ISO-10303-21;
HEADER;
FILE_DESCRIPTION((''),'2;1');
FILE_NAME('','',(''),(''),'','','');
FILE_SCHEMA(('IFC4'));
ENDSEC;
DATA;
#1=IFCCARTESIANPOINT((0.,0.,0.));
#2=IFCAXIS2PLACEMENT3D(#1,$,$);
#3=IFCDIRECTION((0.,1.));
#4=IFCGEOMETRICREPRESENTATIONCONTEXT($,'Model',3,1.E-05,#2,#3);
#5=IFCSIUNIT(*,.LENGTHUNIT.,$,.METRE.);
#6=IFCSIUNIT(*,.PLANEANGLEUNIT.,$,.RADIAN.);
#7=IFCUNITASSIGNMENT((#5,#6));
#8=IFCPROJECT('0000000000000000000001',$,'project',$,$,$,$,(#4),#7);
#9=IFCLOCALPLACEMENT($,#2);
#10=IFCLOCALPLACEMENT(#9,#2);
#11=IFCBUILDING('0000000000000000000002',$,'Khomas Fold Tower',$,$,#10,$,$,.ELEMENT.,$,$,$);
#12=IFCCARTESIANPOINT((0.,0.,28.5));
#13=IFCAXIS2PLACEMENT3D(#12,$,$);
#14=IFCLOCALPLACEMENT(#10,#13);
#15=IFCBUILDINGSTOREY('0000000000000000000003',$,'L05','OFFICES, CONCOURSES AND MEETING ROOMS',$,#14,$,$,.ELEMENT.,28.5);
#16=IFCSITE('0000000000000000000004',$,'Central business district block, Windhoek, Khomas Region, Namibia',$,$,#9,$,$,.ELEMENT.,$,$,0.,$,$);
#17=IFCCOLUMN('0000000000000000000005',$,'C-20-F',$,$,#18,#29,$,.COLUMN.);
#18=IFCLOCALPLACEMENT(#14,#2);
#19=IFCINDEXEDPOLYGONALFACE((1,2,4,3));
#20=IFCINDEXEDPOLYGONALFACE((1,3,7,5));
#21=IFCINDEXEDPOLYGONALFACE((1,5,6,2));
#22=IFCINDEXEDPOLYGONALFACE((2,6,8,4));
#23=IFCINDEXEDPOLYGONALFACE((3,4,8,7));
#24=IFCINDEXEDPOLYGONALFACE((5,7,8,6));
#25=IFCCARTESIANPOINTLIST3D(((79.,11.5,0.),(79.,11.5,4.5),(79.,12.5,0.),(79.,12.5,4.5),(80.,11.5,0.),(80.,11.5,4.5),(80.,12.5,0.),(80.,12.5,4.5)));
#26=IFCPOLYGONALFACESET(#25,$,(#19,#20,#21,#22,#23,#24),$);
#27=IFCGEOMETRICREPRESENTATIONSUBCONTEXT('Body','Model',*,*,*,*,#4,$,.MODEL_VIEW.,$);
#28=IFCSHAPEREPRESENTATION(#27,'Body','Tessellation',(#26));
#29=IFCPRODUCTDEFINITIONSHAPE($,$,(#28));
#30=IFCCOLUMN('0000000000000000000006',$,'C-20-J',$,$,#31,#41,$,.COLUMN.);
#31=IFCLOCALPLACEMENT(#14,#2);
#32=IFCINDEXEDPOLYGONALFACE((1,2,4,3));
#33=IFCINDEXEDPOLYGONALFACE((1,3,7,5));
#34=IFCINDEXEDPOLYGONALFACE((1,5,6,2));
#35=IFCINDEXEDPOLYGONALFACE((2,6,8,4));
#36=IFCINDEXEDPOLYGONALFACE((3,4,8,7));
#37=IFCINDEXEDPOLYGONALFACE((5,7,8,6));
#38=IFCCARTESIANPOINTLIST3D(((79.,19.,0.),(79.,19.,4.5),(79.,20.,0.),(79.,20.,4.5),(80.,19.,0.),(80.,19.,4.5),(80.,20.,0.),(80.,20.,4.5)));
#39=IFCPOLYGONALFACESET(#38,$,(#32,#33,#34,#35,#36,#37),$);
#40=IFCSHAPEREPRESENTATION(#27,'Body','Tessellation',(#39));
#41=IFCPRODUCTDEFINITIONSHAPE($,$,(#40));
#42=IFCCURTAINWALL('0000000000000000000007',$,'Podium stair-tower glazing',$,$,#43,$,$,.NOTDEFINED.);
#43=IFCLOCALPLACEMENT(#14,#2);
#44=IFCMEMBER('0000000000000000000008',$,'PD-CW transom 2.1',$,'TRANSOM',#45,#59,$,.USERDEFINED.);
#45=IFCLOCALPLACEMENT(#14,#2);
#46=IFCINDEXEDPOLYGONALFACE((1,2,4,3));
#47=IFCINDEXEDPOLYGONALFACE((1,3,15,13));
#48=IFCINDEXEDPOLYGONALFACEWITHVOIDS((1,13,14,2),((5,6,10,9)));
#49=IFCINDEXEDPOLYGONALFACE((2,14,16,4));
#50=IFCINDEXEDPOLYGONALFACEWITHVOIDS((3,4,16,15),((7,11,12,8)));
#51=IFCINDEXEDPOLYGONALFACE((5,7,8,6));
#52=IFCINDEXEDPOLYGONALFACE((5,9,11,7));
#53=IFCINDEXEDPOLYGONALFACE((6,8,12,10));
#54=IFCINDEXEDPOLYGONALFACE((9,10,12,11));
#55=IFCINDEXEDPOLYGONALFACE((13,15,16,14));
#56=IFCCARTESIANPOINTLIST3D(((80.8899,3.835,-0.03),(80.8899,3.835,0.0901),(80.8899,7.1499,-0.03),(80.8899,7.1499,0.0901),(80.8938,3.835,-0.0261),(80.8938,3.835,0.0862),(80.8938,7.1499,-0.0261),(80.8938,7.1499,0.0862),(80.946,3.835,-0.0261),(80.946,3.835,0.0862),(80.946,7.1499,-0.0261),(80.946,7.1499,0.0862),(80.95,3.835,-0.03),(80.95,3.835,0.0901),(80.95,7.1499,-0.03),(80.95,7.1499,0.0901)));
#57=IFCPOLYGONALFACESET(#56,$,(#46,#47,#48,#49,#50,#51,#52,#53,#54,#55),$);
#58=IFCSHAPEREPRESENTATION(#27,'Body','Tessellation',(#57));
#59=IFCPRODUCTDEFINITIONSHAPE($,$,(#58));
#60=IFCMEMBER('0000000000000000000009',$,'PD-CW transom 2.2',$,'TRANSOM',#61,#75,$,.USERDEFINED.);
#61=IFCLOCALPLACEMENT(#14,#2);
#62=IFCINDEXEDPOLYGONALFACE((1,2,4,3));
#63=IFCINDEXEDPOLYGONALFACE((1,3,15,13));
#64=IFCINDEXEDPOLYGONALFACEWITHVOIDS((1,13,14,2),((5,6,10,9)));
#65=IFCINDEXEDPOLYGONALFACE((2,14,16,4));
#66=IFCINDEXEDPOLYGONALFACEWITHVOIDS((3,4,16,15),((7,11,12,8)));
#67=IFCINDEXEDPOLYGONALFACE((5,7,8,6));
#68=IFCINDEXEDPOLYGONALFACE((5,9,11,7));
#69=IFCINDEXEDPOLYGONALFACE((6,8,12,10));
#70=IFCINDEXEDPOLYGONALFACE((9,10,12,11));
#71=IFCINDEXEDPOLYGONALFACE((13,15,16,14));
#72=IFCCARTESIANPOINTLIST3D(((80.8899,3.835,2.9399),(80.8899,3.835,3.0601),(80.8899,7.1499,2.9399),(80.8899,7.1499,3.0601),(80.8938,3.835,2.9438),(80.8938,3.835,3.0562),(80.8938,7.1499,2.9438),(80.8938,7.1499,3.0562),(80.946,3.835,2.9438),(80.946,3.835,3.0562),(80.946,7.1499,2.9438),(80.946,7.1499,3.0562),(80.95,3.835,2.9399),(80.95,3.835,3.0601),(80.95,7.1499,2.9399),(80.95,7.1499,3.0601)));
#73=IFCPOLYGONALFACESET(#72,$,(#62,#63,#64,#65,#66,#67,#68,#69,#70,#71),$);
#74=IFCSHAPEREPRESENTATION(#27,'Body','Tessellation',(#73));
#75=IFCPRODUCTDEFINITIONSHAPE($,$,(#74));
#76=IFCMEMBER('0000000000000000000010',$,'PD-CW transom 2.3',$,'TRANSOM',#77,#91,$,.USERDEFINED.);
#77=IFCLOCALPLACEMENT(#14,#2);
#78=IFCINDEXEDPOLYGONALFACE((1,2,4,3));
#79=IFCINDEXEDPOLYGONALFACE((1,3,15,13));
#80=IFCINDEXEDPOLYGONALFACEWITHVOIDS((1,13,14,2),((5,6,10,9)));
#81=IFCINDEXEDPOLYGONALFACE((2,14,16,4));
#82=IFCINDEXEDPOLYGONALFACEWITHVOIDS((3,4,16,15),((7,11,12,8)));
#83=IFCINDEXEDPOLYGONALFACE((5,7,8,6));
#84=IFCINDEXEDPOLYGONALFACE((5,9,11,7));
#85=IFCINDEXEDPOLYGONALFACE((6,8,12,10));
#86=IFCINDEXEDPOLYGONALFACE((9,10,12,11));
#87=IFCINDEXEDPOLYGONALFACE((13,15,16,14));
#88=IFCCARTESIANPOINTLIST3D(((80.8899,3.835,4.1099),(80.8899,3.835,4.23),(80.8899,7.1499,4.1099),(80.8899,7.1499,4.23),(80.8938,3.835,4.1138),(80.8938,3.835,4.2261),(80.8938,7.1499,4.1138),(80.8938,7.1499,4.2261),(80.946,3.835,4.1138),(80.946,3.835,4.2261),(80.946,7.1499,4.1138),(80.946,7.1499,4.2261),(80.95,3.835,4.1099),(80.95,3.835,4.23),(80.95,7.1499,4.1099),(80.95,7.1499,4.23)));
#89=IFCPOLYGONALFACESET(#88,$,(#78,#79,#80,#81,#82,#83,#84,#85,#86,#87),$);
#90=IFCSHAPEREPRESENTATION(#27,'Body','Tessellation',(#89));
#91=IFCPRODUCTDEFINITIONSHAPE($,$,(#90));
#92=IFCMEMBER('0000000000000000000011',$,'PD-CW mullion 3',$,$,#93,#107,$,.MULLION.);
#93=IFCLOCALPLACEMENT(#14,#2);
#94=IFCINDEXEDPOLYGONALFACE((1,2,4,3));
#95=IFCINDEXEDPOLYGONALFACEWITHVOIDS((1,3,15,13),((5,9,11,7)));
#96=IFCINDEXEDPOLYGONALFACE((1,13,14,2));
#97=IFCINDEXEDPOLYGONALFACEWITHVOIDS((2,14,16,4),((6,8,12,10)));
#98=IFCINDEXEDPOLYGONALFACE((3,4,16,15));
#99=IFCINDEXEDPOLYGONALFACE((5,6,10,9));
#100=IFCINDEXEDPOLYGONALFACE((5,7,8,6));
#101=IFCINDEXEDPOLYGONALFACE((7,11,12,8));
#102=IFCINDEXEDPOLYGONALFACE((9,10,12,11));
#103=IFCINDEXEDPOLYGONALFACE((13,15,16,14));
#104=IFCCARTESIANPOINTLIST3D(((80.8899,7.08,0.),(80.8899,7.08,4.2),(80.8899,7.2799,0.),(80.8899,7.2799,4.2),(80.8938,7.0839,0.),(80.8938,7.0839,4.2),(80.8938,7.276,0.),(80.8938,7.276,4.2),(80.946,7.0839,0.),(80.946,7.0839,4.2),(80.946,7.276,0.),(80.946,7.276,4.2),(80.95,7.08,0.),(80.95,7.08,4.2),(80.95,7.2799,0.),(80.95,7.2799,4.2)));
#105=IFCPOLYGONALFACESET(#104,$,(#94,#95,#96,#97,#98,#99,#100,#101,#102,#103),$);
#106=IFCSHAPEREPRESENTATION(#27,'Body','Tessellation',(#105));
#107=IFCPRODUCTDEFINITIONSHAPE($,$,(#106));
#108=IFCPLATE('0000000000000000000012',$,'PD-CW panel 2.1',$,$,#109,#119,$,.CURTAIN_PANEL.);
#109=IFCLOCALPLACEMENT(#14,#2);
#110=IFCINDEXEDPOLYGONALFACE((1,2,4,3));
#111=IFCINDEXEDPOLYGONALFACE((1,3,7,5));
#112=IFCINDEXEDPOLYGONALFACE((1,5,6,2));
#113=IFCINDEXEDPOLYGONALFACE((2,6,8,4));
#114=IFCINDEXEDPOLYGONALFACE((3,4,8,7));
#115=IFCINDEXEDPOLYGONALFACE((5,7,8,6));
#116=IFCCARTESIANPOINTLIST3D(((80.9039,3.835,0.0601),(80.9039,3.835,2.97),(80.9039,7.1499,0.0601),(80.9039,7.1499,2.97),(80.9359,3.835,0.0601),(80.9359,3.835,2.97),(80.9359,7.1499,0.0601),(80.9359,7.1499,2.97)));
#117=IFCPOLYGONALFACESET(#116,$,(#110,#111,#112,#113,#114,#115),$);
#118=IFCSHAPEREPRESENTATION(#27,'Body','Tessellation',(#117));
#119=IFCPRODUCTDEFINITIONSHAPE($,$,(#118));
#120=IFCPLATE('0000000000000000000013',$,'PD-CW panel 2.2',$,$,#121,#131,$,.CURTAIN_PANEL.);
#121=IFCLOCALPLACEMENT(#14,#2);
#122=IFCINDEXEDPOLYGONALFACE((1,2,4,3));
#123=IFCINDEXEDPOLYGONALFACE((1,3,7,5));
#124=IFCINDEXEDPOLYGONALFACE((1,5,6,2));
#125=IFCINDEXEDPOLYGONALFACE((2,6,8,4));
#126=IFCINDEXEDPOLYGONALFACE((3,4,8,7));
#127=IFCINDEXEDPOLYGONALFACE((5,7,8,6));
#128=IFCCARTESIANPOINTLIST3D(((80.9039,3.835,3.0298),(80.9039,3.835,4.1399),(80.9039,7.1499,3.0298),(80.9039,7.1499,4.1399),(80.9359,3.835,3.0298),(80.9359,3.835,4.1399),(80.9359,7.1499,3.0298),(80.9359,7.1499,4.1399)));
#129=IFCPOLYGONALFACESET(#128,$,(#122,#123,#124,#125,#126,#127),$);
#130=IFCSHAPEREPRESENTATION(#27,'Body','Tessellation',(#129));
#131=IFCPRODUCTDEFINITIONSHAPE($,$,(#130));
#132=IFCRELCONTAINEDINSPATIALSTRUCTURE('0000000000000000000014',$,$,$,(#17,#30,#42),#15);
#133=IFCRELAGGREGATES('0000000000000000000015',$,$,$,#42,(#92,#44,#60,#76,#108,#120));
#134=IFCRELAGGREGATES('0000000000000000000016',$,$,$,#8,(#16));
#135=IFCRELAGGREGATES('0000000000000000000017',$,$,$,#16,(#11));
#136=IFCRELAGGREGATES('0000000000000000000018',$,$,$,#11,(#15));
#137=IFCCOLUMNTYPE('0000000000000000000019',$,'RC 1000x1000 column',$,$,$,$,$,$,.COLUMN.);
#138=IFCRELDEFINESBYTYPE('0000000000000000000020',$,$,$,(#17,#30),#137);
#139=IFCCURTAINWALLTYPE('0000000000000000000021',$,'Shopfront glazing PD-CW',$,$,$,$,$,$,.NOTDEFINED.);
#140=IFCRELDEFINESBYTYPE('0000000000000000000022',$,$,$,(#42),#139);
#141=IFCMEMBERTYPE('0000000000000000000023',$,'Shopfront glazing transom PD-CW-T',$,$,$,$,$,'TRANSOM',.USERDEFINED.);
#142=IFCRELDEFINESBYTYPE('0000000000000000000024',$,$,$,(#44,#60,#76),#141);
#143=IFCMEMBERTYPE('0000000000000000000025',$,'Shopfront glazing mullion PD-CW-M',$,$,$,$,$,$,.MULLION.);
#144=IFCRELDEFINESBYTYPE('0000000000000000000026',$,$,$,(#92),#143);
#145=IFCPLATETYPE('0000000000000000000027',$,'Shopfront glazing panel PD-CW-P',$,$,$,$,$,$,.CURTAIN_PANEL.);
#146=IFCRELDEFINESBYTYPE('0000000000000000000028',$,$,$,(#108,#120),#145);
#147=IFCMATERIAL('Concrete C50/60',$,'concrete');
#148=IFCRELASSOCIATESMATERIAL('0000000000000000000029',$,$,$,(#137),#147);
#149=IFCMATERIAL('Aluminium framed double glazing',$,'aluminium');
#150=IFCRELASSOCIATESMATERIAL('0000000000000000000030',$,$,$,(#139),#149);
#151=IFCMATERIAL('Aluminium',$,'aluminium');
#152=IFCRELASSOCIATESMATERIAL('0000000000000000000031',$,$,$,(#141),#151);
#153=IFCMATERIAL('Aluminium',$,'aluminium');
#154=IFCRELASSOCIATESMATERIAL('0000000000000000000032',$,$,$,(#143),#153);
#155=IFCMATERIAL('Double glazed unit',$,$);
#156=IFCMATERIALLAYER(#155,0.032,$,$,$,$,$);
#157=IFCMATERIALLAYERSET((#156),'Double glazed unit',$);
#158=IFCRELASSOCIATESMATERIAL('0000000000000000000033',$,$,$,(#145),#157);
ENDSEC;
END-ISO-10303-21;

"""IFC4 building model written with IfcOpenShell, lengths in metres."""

from ifc_helpers import new_model, si_unit, direction, frame, origin, origin_2d, place, context, subcontext, project, spatial, rectangle, hollow_rectangle, extrude, source, transform, mapped, material, layer, layer_set, material_profile, profile_set, type_object, element, aggregate, save


model = new_model("IFC4")

# Units and contexts
model_context = context("Model", 3, precision=1e-05, world=origin(), true_north=direction((0.0, 1.0)))
body_context = subcontext(model_context, "Body", "Model", "MODEL_VIEW")
ifc_project = project(units=[si_unit("LENGTHUNIT", "METRE"), si_unit("PLANEANGLEUNIT", "RADIAN")], contexts=[model_context])

# Site, building, storey
site_placement = place(None, origin())
site = spatial("IfcSite", under=ifc_project, at=site_placement, Name="Central business district block, Windhoek, Khomas Region, Namibia", CompositionType="ELEMENT", RefElevation=0.0)
building_placement = place(site_placement, origin())
building = spatial("IfcBuilding", under=site, at=building_placement, Name="Khomas Fold Tower", CompositionType="ELEMENT")
storey_placement = place(building_placement, frame((0.0, 0.0, 28.5)))
storey = spatial("IfcBuildingStorey", under=building, at=storey_placement, Name="L05", Description="OFFICES, CONCOURSES AND MEETING ROOMS", CompositionType="ELEMENT", Elevation=28.5)

# Columns
ifc_material_1 = material(Name="Concrete C50/60", Category="concrete")
ifc_material_profile_1 = material_profile(ifc_material_1, rectangle(XDim=1.0, YDim=1.0, at=origin_2d()), Name="RC 1000x1000")
ifc_profile_set_1 = profile_set([ifc_material_profile_1], Name="Concrete C50/60")
column_type = type_object("IfcColumnType", Name="RC 1000x1000 column", PredefinedType="COLUMN", material=ifc_profile_set_1)
shared_shape_1 = source(origin(), body_context, "Body", "SweptSolid", [
    extrude(rectangle(XDim=1.0, YDim=1.0, at=origin_2d()), origin(), (0.0, 0.0, 1.0), 4.5),
])
for number, where, z_axis, x_axis, name in (
    (1, (79.5, 12.0, 0.0), (0.0, 0.0, 1.0), (1.0, 0.0, 0.0), "C-20-F"),
    (2, (79.5, 19.5, 0.0), (0.0, 0.0, 1.0), (1.0, 0.0, 0.0), "C-20-J"),
):
    element("IfcColumn", number, at=place(storey_placement, frame(where, z_axis=z_axis, x_axis=x_axis)), inside=storey, type_object=column_type, Name=name, PredefinedType="COLUMN", context=body_context, shape_type="MappedRepresentation", body=[
        mapped(shared_shape_1, transform((0.0, 0.0, 0.0))),
    ])

# Curtain wall, members, plates
ifc_material_2 = material(Name="Aluminium framed double glazing", Category="aluminium")
curtain_wall_type = type_object("IfcCurtainWallType", Name="Shopfront glazing PD-CW", PredefinedType="NOTDEFINED", material=ifc_material_2)
curtain_wall_placement = place(storey_placement, origin())
curtain_wall = element("IfcCurtainWall", 3, at=curtain_wall_placement, inside=storey, type_object=curtain_wall_type, Name="Podium stair-tower glazing", PredefinedType="NOTDEFINED")
ifc_material_3 = material(Name="Aluminium", Category="aluminium")
ifc_material_profile_2 = material_profile(ifc_material_3, hollow_rectangle(XDim=0.0601, YDim=0.1201, WallThickness=0.0039, at=origin_2d()), Name="Shopfront glazing transom PD-CW-T")
ifc_profile_set_2 = profile_set([ifc_material_profile_2], Name="Aluminium")
member_type_1 = type_object("IfcMemberType", Name="Shopfront glazing transom PD-CW-T", ElementType="TRANSOM", PredefinedType="USERDEFINED", material=ifc_profile_set_2)
shared_shape_2 = source(origin(), body_context, "Body", "SweptSolid", [
    extrude(hollow_rectangle(XDim=0.0601, YDim=0.1201, WallThickness=0.0039, at=origin_2d()), origin(), (0.0, 0.0, 1.0), 3.3149),
])
member_1_placement = place(storey_placement, frame((80.9199, 3.835, 0.03), z_axis=(0.0, 1.0, 0.0), x_axis=(-1.0, 0.0, 0.0)))
member_1 = element("IfcMember", 4, at=member_1_placement, type_object=member_type_1, Name="PD-CW transom 2.1", ObjectType="TRANSOM", PredefinedType="USERDEFINED", context=body_context, shape_type="MappedRepresentation", body=[
    mapped(shared_shape_2, transform((0.0, 0.0, 0.0))),
])
member_2_placement = place(storey_placement, frame((80.9199, 3.835, 3.0), z_axis=(0.0, 1.0, 0.0), x_axis=(-1.0, 0.0, 0.0)))
member_2 = element("IfcMember", 5, at=member_2_placement, type_object=member_type_1, Name="PD-CW transom 2.2", ObjectType="TRANSOM", PredefinedType="USERDEFINED", context=body_context, shape_type="MappedRepresentation", body=[
    mapped(shared_shape_2, transform((0.0, 0.0, 0.0))),
])
member_3_placement = place(storey_placement, frame((80.9199, 3.835, 4.1699), z_axis=(0.0, 1.0, 0.0), x_axis=(-1.0, 0.0, 0.0)))
member_3 = element("IfcMember", 6, at=member_3_placement, type_object=member_type_1, Name="PD-CW transom 2.3", ObjectType="TRANSOM", PredefinedType="USERDEFINED", context=body_context, shape_type="MappedRepresentation", body=[
    mapped(shared_shape_2, transform((0.0, 0.0, 0.0))),
])
ifc_material_4 = material(Name="Aluminium", Category="aluminium")
ifc_material_profile_3 = material_profile(ifc_material_4, hollow_rectangle(XDim=0.0601, YDim=0.2, WallThickness=0.0039, at=origin_2d()), Name="Shopfront glazing mullion PD-CW-M")
ifc_profile_set_3 = profile_set([ifc_material_profile_3], Name="Aluminium")
member_type_2 = type_object("IfcMemberType", Name="Shopfront glazing mullion PD-CW-M", PredefinedType="MULLION", material=ifc_profile_set_3)
shared_shape_3 = source(origin(), body_context, "Body", "SweptSolid", [
    extrude(hollow_rectangle(XDim=0.0601, YDim=0.2, WallThickness=0.0039, at=origin_2d()), origin(), (0.0, 0.0, 1.0), 4.2),
])
member_4_placement = place(storey_placement, frame((80.9199, 7.1799, 0.0), z_axis=(0.0, 0.0, 1.0), x_axis=(-1.0, 0.0, 0.0)))
member_4 = element("IfcMember", 7, at=member_4_placement, type_object=member_type_2, Name="PD-CW mullion 3", PredefinedType="MULLION", context=body_context, shape_type="MappedRepresentation", body=[
    mapped(shared_shape_3, transform((0.0, 0.0, 0.0))),
])
ifc_material_5 = material(Name="Double glazed unit")
ifc_layer_1 = layer(ifc_material_5, 0.032)
ifc_layer_set_1 = layer_set([ifc_layer_1], Name="Double glazed unit")
plate_type = type_object("IfcPlateType", Name="Shopfront glazing panel PD-CW-P", PredefinedType="CURTAIN_PANEL", material=ifc_layer_set_1)
shared_shape_4 = source(origin(), body_context, "Body", "SweptSolid", [
    extrude(rectangle(XDim=3.3149, YDim=0.032, at=origin_2d()), origin(), (0.0, 0.0, 1.0), 2.9099),
])
plate_1_placement = place(storey_placement, frame((80.9199, 5.4924, 0.0601), z_axis=(0.0, 0.0, 1.0), x_axis=(0.0, 1.0, 0.0)))
plate_1 = element("IfcPlate", 8, at=plate_1_placement, type_object=plate_type, Name="PD-CW panel 2.1", PredefinedType="CURTAIN_PANEL", context=body_context, shape_type="MappedRepresentation", body=[
    mapped(shared_shape_4, transform((0.0, 0.0, 0.0))),
])
shared_shape_5 = source(origin(), body_context, "Body", "SweptSolid", [
    extrude(rectangle(XDim=3.3149, YDim=0.032, at=origin_2d()), origin(), (0.0, 0.0, 1.0), 1.1101),
])
plate_2_placement = place(storey_placement, frame((80.9199, 5.4924, 3.0298), z_axis=(0.0, 0.0, 1.0), x_axis=(0.0, 1.0, 0.0)))
plate_2 = element("IfcPlate", 9, at=plate_2_placement, type_object=plate_type, Name="PD-CW panel 2.2", PredefinedType="CURTAIN_PANEL", context=body_context, shape_type="MappedRepresentation", body=[
    mapped(shared_shape_5, transform((0.0, 0.0, 0.0))),
])
aggregate(curtain_wall, [member_4, member_1, member_2, member_3, plate_1, plate_2])

save(model, "model.ifc")
